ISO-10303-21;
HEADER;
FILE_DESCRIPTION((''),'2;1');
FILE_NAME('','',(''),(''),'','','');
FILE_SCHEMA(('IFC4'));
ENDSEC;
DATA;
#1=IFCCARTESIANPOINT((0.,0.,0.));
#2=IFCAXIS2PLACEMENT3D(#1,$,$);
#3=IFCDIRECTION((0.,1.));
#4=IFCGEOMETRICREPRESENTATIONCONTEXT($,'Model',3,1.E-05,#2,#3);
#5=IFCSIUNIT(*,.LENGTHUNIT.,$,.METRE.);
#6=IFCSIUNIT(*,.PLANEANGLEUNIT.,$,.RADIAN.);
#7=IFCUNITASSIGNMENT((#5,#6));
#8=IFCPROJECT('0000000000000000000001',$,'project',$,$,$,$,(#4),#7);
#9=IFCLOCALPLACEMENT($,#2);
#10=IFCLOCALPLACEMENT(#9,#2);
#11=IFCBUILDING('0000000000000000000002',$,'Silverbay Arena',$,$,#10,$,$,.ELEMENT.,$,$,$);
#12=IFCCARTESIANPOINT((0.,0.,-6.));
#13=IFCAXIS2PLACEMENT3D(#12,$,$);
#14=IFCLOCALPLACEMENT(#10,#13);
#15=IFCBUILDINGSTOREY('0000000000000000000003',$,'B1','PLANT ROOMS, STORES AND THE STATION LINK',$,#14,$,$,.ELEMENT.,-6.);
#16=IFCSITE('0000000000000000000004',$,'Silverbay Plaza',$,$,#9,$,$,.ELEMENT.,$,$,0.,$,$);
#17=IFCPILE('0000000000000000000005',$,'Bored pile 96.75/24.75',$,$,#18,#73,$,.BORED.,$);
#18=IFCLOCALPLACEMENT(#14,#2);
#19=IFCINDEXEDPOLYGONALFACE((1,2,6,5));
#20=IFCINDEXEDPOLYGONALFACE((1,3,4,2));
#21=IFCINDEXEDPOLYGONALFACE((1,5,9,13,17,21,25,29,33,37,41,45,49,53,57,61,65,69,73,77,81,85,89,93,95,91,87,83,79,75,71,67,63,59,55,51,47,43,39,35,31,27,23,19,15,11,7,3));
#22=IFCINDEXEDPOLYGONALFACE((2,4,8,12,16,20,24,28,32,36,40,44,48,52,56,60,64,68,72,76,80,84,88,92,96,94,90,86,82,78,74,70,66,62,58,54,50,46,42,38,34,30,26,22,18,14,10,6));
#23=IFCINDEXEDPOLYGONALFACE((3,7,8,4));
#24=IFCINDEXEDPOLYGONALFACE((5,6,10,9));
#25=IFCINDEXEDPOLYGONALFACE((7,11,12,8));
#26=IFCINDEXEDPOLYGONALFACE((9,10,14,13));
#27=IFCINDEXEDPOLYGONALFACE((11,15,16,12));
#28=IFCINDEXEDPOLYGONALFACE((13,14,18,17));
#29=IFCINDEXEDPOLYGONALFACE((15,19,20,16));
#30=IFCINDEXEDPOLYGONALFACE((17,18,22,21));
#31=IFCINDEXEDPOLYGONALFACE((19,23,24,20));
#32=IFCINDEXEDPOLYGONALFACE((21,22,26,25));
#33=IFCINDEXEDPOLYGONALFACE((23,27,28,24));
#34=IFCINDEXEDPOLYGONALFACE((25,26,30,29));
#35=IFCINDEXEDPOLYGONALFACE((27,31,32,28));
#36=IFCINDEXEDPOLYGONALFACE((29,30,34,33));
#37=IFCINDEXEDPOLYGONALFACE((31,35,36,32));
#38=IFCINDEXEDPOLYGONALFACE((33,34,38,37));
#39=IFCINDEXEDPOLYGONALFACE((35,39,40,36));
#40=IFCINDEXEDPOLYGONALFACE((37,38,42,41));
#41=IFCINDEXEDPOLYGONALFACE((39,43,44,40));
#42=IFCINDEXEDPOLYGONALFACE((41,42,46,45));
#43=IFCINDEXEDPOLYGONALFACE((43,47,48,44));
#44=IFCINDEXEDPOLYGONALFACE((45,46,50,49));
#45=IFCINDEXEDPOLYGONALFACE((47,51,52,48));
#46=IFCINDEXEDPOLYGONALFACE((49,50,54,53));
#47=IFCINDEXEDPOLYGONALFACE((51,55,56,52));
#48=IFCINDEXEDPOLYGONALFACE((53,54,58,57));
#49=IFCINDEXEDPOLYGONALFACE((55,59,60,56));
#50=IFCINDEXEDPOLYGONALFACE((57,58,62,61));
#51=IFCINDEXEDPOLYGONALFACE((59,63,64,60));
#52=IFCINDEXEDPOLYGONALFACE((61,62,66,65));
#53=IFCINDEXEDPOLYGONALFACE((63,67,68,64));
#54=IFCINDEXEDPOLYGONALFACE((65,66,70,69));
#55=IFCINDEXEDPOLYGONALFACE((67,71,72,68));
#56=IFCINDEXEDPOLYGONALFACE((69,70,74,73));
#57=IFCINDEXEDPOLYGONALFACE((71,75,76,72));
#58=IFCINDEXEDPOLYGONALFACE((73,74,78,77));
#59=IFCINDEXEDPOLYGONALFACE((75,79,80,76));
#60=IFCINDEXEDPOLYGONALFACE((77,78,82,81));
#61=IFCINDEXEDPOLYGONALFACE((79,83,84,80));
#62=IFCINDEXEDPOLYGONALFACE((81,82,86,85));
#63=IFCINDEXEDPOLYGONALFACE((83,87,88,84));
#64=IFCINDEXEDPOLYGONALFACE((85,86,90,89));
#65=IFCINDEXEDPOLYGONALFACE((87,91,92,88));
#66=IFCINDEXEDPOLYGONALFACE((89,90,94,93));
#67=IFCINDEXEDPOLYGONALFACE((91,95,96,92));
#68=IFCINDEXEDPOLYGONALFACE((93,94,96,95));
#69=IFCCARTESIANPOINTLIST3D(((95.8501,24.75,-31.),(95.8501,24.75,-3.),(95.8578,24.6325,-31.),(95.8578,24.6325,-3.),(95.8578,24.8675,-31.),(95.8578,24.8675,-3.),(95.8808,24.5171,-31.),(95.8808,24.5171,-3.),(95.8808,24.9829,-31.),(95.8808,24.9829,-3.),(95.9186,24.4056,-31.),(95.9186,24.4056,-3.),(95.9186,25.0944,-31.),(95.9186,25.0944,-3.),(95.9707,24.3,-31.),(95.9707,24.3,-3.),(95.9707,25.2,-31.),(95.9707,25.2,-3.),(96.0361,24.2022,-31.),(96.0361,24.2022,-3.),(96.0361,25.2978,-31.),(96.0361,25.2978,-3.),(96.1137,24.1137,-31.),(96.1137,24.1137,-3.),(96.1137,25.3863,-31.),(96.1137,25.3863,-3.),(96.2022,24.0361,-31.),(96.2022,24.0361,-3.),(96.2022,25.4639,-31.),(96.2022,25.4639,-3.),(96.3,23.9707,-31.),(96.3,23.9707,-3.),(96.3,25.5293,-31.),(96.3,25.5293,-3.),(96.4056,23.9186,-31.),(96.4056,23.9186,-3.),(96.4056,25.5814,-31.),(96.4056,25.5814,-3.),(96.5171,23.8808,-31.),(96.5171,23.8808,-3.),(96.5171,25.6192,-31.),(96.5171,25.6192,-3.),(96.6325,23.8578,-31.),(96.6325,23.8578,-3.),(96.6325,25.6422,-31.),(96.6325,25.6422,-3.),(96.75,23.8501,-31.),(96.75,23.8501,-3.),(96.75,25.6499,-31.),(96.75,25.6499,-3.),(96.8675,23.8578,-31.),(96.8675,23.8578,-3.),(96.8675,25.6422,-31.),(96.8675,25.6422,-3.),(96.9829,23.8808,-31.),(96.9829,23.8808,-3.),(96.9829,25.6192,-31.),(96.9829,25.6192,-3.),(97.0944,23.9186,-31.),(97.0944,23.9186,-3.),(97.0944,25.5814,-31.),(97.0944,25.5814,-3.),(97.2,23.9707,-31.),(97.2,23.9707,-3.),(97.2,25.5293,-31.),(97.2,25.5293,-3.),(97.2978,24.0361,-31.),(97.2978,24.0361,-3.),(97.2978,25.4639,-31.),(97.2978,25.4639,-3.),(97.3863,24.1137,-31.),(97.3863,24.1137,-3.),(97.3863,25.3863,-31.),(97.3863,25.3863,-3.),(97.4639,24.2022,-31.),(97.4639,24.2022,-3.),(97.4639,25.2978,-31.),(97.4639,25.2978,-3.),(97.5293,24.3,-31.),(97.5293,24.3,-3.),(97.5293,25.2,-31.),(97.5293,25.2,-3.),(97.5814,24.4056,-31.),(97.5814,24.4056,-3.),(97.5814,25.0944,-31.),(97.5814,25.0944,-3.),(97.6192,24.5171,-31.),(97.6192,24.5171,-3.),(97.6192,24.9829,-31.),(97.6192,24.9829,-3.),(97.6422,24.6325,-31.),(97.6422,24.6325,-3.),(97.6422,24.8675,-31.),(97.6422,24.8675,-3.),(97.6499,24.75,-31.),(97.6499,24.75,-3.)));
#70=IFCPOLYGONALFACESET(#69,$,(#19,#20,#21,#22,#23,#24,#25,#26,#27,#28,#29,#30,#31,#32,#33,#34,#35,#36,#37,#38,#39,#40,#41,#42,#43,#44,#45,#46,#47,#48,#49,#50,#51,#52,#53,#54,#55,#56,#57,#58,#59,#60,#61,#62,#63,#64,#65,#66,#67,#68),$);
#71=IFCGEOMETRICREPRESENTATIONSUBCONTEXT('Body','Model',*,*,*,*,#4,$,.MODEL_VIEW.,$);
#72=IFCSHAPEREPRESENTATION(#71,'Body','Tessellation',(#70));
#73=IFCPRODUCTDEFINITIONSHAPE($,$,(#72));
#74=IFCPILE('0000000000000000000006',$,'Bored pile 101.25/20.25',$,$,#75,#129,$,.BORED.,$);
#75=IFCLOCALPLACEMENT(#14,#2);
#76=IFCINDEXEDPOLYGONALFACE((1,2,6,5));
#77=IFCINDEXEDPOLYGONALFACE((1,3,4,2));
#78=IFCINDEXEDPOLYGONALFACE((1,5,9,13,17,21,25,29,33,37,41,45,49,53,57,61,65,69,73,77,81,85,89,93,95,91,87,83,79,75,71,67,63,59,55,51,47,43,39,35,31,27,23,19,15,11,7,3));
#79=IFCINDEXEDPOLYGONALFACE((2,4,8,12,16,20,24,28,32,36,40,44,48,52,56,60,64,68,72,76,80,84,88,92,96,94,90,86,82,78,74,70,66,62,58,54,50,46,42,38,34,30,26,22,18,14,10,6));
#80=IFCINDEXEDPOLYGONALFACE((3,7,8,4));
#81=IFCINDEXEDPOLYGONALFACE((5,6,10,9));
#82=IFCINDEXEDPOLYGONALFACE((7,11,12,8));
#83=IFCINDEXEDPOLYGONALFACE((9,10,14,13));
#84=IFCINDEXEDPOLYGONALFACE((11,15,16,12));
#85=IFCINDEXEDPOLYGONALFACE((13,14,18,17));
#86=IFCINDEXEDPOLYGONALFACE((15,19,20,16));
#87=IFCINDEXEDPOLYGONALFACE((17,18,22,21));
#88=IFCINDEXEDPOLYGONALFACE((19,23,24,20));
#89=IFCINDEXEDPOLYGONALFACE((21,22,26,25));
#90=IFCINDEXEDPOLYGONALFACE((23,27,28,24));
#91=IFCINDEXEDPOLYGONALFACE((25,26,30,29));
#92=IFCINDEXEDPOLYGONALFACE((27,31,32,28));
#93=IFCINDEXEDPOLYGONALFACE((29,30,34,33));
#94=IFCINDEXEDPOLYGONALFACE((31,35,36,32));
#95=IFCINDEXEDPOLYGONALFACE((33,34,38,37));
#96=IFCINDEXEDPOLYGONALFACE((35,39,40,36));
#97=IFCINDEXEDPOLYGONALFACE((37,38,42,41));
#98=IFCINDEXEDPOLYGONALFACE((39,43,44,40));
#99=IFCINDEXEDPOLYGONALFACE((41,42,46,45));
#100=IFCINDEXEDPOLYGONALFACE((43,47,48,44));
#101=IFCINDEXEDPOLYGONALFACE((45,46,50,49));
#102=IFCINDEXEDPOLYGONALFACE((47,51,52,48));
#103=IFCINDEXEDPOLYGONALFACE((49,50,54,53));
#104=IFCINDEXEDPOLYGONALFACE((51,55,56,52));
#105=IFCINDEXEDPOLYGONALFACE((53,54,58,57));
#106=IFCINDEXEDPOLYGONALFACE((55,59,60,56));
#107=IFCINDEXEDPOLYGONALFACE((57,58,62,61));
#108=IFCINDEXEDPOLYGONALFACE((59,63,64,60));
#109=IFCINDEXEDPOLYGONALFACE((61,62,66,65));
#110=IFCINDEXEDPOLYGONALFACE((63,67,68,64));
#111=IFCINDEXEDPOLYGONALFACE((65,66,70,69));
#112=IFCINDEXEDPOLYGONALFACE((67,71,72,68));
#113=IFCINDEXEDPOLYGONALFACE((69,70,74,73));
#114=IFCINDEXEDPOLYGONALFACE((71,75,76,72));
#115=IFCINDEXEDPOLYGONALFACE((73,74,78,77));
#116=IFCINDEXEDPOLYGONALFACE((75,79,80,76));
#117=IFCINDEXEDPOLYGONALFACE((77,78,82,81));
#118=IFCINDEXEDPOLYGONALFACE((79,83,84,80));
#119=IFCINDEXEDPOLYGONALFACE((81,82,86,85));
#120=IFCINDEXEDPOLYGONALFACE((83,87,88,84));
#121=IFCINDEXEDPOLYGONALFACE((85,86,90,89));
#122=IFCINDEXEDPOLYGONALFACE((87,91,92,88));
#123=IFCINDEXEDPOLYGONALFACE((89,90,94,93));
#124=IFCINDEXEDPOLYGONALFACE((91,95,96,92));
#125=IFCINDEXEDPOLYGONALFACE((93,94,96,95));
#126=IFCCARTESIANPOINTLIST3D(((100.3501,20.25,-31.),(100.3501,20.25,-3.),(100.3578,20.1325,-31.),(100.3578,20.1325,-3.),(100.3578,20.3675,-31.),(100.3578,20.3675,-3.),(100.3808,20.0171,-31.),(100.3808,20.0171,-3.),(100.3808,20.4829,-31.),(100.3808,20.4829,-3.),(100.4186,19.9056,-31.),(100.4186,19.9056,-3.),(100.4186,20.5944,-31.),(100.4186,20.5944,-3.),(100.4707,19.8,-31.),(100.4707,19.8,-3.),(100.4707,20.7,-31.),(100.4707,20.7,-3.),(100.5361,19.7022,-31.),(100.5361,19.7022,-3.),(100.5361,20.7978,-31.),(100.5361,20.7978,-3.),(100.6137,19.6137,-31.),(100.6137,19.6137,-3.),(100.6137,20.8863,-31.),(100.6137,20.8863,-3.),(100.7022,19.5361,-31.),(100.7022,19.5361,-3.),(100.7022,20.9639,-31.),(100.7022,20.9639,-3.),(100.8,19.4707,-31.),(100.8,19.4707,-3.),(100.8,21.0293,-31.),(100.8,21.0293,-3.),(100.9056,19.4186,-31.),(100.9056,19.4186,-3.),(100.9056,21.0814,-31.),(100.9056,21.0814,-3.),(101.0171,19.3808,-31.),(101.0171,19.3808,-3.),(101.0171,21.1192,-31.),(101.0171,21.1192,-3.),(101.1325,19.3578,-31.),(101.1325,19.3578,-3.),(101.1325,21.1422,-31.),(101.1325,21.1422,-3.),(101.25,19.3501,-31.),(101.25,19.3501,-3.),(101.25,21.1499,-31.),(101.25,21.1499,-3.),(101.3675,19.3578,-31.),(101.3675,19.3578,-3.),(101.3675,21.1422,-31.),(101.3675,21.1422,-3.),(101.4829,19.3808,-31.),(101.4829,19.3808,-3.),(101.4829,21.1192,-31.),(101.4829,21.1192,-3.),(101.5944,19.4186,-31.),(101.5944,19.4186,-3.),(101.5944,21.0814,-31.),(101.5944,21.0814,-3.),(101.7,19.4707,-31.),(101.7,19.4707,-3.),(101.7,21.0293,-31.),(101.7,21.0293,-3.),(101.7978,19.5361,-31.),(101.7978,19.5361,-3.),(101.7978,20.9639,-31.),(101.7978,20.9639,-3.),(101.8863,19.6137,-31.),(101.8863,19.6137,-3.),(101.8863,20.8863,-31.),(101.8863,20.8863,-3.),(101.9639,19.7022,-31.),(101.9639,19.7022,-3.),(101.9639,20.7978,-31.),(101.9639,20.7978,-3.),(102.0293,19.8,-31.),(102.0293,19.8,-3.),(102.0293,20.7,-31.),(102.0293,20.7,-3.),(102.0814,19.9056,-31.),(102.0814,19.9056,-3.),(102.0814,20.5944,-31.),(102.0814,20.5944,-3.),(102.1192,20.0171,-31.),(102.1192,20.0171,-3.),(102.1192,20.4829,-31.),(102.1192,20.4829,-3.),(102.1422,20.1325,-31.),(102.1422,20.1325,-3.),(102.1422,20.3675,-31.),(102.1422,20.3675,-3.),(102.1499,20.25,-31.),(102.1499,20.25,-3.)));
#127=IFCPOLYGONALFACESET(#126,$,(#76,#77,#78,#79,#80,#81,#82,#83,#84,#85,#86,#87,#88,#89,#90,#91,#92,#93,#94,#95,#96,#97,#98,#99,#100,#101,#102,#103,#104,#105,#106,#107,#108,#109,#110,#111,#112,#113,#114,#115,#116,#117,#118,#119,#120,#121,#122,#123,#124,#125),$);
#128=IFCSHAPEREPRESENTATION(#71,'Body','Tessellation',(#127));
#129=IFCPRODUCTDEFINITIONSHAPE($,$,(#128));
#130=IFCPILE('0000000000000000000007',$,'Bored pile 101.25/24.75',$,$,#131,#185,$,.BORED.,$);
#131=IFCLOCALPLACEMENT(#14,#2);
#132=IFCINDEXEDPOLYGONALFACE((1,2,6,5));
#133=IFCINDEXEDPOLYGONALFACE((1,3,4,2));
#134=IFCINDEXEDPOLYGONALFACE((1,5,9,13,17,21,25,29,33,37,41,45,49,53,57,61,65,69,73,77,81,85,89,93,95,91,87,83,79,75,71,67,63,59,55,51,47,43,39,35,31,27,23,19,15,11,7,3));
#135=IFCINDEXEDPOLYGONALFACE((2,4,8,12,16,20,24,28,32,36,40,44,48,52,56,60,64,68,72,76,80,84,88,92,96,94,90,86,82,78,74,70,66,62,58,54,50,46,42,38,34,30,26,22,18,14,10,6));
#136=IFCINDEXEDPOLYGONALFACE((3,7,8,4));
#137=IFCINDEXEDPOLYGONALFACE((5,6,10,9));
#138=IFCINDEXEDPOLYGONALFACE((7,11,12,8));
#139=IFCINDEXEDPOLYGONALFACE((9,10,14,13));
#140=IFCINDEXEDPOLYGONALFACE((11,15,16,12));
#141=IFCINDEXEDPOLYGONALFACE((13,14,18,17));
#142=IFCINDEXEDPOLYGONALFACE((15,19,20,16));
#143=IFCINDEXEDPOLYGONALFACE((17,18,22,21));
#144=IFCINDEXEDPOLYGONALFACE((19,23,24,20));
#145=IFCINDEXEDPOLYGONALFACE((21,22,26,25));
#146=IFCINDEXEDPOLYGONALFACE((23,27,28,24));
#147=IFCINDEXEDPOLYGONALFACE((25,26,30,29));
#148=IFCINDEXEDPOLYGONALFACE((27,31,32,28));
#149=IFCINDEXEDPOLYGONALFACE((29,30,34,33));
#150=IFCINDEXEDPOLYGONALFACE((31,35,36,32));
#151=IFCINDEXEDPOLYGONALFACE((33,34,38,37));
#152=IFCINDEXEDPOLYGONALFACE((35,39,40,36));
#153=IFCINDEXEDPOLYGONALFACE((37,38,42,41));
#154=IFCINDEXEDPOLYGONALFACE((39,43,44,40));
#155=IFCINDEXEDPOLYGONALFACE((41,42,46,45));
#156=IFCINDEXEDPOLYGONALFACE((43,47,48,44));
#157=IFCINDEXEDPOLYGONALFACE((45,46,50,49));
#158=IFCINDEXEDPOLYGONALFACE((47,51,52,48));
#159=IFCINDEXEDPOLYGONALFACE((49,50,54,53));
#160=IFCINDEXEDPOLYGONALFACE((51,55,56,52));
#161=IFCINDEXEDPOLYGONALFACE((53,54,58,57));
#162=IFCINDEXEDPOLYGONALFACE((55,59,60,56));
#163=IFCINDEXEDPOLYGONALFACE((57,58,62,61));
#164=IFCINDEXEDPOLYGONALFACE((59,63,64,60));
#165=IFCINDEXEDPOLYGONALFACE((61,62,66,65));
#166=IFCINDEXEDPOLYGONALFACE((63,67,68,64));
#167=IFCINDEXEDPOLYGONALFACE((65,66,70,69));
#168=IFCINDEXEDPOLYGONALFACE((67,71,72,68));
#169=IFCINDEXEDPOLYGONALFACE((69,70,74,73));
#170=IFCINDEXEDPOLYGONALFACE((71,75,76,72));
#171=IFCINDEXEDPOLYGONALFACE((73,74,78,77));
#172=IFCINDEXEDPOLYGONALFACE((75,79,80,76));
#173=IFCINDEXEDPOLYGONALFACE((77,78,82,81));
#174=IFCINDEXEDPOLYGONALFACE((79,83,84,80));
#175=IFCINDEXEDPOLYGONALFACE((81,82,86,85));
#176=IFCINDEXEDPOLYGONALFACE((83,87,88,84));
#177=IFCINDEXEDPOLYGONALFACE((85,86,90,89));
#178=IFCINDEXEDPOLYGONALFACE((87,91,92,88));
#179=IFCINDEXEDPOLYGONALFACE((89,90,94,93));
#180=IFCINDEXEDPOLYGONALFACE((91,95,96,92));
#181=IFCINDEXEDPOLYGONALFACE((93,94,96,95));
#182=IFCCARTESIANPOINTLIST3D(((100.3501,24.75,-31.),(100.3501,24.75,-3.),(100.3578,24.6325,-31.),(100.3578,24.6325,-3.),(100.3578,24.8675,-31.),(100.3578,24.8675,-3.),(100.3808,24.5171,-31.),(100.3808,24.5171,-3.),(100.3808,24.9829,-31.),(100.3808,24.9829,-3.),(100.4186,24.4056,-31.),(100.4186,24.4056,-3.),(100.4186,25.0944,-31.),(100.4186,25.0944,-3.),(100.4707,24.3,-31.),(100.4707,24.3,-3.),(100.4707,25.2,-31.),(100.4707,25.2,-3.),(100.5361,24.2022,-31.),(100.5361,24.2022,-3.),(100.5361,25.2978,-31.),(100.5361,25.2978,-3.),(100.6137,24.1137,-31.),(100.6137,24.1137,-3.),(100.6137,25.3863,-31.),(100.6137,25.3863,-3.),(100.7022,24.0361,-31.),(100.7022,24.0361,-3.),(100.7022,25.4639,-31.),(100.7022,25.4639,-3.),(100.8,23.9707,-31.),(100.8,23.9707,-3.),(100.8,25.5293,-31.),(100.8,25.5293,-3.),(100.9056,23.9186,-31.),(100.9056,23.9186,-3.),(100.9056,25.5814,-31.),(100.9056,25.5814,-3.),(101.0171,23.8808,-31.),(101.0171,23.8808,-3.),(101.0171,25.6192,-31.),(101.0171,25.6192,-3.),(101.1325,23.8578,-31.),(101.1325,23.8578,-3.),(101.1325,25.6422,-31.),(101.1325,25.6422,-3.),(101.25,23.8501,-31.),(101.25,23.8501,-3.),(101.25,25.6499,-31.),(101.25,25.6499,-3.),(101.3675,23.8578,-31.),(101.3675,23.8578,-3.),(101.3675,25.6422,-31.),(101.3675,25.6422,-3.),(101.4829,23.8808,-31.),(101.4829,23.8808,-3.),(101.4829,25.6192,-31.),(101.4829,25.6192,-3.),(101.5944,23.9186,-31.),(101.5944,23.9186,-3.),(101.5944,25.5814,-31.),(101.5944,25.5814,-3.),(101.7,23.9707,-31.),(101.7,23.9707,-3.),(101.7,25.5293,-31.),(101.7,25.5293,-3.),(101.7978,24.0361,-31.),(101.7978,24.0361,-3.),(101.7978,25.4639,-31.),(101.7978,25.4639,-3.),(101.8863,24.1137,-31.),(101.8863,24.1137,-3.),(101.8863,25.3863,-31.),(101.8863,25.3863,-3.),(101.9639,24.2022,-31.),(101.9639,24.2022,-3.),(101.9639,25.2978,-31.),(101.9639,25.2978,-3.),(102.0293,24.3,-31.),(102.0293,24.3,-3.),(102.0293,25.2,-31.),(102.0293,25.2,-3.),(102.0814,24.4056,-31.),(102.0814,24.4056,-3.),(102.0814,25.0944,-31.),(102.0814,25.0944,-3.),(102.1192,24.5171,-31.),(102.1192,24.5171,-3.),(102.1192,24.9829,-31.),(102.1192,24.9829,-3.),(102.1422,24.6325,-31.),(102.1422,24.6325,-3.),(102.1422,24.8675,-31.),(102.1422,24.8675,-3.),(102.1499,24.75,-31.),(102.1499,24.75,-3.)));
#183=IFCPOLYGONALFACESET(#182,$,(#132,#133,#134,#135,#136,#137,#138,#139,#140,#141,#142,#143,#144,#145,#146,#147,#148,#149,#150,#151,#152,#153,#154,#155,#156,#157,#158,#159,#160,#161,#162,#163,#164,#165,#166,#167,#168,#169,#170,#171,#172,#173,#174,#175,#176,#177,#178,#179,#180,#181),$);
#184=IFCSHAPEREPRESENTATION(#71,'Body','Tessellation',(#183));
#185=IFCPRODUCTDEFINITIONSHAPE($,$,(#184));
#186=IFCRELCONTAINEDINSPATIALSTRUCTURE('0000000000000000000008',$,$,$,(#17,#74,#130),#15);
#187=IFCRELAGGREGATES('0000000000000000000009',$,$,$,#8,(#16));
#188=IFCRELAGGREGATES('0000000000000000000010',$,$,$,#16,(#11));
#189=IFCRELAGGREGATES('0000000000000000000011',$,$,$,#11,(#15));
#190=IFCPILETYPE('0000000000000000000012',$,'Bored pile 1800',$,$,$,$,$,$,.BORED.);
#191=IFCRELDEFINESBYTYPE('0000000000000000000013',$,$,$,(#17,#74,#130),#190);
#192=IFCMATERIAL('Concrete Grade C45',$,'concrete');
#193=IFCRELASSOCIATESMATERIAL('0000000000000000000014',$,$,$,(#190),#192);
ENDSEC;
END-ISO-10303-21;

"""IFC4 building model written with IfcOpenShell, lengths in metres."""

from ifc_helpers import new_model, si_unit, direction, frame, origin, origin_2d, place, context, subcontext, project, spatial, circle, extrude, material, material_profile, profile_set, type_object, element, save


model = new_model("IFC4")

# Units and contexts
model_context = context("Model", 3, precision=1e-05, world=origin(), true_north=direction((0.0, 1.0)))
body_context = subcontext(model_context, "Body", "Model", "MODEL_VIEW")
ifc_project = project(units=[si_unit("LENGTHUNIT", "METRE"), si_unit("PLANEANGLEUNIT", "RADIAN")], contexts=[model_context])

# Site, building, storey
site_placement = place(None, origin())
site = spatial("IfcSite", under=ifc_project, at=site_placement, Name="Silverbay Plaza", CompositionType="ELEMENT", RefElevation=0.0)
building_placement = place(site_placement, origin())
building = spatial("IfcBuilding", under=site, at=building_placement, Name="Silverbay Arena", CompositionType="ELEMENT")
storey_placement = place(building_placement, frame((0.0, 0.0, -6.0)))
storey = spatial("IfcBuildingStorey", under=building, at=storey_placement, Name="B1", Description="PLANT ROOMS, STORES AND THE STATION LINK", CompositionType="ELEMENT", Elevation=-6.0)

# Piles
ifc_material_1 = material(Name="Concrete Grade C45", Category="concrete")
ifc_material_profile_1 = material_profile(ifc_material_1, circle(Radius=0.8999, at=origin_2d()), Name="Bored pile 1800")
ifc_profile_set_1 = profile_set([ifc_material_profile_1], Name="Concrete Grade C45")
pile_type_1 = type_object("IfcPileType", Name="Bored pile 1800", PredefinedType="BORED", material=ifc_profile_set_1)
for number, where, z_axis, x_axis, name in (
    (1, (96.75, 24.75, -3.0), (0.0, 0.0, -1.0), (1.0, 0.0, 0.0), "Bored pile 96.75/24.75"),
    (2, (101.25, 20.25, -3.0), (0.0, 0.0, -1.0), (1.0, 0.0, 0.0), "Bored pile 101.25/20.25"),
    (3, (101.25, 24.75, -3.0), (0.0, 0.0, -1.0), (1.0, 0.0, 0.0), "Bored pile 101.25/24.75"),
):
    element("IfcPile", number, at=place(storey_placement, frame(where, z_axis=z_axis, x_axis=x_axis)), inside=storey, type_object=pile_type_1, Name=name, PredefinedType="BORED", context=body_context, shape_type="SweptSolid", body=[
        extrude(circle(Radius=0.8999, at=origin_2d()), origin(), (0.0, 0.0, 1.0), 28.0),
    ])

save(model, "model.ifc")
